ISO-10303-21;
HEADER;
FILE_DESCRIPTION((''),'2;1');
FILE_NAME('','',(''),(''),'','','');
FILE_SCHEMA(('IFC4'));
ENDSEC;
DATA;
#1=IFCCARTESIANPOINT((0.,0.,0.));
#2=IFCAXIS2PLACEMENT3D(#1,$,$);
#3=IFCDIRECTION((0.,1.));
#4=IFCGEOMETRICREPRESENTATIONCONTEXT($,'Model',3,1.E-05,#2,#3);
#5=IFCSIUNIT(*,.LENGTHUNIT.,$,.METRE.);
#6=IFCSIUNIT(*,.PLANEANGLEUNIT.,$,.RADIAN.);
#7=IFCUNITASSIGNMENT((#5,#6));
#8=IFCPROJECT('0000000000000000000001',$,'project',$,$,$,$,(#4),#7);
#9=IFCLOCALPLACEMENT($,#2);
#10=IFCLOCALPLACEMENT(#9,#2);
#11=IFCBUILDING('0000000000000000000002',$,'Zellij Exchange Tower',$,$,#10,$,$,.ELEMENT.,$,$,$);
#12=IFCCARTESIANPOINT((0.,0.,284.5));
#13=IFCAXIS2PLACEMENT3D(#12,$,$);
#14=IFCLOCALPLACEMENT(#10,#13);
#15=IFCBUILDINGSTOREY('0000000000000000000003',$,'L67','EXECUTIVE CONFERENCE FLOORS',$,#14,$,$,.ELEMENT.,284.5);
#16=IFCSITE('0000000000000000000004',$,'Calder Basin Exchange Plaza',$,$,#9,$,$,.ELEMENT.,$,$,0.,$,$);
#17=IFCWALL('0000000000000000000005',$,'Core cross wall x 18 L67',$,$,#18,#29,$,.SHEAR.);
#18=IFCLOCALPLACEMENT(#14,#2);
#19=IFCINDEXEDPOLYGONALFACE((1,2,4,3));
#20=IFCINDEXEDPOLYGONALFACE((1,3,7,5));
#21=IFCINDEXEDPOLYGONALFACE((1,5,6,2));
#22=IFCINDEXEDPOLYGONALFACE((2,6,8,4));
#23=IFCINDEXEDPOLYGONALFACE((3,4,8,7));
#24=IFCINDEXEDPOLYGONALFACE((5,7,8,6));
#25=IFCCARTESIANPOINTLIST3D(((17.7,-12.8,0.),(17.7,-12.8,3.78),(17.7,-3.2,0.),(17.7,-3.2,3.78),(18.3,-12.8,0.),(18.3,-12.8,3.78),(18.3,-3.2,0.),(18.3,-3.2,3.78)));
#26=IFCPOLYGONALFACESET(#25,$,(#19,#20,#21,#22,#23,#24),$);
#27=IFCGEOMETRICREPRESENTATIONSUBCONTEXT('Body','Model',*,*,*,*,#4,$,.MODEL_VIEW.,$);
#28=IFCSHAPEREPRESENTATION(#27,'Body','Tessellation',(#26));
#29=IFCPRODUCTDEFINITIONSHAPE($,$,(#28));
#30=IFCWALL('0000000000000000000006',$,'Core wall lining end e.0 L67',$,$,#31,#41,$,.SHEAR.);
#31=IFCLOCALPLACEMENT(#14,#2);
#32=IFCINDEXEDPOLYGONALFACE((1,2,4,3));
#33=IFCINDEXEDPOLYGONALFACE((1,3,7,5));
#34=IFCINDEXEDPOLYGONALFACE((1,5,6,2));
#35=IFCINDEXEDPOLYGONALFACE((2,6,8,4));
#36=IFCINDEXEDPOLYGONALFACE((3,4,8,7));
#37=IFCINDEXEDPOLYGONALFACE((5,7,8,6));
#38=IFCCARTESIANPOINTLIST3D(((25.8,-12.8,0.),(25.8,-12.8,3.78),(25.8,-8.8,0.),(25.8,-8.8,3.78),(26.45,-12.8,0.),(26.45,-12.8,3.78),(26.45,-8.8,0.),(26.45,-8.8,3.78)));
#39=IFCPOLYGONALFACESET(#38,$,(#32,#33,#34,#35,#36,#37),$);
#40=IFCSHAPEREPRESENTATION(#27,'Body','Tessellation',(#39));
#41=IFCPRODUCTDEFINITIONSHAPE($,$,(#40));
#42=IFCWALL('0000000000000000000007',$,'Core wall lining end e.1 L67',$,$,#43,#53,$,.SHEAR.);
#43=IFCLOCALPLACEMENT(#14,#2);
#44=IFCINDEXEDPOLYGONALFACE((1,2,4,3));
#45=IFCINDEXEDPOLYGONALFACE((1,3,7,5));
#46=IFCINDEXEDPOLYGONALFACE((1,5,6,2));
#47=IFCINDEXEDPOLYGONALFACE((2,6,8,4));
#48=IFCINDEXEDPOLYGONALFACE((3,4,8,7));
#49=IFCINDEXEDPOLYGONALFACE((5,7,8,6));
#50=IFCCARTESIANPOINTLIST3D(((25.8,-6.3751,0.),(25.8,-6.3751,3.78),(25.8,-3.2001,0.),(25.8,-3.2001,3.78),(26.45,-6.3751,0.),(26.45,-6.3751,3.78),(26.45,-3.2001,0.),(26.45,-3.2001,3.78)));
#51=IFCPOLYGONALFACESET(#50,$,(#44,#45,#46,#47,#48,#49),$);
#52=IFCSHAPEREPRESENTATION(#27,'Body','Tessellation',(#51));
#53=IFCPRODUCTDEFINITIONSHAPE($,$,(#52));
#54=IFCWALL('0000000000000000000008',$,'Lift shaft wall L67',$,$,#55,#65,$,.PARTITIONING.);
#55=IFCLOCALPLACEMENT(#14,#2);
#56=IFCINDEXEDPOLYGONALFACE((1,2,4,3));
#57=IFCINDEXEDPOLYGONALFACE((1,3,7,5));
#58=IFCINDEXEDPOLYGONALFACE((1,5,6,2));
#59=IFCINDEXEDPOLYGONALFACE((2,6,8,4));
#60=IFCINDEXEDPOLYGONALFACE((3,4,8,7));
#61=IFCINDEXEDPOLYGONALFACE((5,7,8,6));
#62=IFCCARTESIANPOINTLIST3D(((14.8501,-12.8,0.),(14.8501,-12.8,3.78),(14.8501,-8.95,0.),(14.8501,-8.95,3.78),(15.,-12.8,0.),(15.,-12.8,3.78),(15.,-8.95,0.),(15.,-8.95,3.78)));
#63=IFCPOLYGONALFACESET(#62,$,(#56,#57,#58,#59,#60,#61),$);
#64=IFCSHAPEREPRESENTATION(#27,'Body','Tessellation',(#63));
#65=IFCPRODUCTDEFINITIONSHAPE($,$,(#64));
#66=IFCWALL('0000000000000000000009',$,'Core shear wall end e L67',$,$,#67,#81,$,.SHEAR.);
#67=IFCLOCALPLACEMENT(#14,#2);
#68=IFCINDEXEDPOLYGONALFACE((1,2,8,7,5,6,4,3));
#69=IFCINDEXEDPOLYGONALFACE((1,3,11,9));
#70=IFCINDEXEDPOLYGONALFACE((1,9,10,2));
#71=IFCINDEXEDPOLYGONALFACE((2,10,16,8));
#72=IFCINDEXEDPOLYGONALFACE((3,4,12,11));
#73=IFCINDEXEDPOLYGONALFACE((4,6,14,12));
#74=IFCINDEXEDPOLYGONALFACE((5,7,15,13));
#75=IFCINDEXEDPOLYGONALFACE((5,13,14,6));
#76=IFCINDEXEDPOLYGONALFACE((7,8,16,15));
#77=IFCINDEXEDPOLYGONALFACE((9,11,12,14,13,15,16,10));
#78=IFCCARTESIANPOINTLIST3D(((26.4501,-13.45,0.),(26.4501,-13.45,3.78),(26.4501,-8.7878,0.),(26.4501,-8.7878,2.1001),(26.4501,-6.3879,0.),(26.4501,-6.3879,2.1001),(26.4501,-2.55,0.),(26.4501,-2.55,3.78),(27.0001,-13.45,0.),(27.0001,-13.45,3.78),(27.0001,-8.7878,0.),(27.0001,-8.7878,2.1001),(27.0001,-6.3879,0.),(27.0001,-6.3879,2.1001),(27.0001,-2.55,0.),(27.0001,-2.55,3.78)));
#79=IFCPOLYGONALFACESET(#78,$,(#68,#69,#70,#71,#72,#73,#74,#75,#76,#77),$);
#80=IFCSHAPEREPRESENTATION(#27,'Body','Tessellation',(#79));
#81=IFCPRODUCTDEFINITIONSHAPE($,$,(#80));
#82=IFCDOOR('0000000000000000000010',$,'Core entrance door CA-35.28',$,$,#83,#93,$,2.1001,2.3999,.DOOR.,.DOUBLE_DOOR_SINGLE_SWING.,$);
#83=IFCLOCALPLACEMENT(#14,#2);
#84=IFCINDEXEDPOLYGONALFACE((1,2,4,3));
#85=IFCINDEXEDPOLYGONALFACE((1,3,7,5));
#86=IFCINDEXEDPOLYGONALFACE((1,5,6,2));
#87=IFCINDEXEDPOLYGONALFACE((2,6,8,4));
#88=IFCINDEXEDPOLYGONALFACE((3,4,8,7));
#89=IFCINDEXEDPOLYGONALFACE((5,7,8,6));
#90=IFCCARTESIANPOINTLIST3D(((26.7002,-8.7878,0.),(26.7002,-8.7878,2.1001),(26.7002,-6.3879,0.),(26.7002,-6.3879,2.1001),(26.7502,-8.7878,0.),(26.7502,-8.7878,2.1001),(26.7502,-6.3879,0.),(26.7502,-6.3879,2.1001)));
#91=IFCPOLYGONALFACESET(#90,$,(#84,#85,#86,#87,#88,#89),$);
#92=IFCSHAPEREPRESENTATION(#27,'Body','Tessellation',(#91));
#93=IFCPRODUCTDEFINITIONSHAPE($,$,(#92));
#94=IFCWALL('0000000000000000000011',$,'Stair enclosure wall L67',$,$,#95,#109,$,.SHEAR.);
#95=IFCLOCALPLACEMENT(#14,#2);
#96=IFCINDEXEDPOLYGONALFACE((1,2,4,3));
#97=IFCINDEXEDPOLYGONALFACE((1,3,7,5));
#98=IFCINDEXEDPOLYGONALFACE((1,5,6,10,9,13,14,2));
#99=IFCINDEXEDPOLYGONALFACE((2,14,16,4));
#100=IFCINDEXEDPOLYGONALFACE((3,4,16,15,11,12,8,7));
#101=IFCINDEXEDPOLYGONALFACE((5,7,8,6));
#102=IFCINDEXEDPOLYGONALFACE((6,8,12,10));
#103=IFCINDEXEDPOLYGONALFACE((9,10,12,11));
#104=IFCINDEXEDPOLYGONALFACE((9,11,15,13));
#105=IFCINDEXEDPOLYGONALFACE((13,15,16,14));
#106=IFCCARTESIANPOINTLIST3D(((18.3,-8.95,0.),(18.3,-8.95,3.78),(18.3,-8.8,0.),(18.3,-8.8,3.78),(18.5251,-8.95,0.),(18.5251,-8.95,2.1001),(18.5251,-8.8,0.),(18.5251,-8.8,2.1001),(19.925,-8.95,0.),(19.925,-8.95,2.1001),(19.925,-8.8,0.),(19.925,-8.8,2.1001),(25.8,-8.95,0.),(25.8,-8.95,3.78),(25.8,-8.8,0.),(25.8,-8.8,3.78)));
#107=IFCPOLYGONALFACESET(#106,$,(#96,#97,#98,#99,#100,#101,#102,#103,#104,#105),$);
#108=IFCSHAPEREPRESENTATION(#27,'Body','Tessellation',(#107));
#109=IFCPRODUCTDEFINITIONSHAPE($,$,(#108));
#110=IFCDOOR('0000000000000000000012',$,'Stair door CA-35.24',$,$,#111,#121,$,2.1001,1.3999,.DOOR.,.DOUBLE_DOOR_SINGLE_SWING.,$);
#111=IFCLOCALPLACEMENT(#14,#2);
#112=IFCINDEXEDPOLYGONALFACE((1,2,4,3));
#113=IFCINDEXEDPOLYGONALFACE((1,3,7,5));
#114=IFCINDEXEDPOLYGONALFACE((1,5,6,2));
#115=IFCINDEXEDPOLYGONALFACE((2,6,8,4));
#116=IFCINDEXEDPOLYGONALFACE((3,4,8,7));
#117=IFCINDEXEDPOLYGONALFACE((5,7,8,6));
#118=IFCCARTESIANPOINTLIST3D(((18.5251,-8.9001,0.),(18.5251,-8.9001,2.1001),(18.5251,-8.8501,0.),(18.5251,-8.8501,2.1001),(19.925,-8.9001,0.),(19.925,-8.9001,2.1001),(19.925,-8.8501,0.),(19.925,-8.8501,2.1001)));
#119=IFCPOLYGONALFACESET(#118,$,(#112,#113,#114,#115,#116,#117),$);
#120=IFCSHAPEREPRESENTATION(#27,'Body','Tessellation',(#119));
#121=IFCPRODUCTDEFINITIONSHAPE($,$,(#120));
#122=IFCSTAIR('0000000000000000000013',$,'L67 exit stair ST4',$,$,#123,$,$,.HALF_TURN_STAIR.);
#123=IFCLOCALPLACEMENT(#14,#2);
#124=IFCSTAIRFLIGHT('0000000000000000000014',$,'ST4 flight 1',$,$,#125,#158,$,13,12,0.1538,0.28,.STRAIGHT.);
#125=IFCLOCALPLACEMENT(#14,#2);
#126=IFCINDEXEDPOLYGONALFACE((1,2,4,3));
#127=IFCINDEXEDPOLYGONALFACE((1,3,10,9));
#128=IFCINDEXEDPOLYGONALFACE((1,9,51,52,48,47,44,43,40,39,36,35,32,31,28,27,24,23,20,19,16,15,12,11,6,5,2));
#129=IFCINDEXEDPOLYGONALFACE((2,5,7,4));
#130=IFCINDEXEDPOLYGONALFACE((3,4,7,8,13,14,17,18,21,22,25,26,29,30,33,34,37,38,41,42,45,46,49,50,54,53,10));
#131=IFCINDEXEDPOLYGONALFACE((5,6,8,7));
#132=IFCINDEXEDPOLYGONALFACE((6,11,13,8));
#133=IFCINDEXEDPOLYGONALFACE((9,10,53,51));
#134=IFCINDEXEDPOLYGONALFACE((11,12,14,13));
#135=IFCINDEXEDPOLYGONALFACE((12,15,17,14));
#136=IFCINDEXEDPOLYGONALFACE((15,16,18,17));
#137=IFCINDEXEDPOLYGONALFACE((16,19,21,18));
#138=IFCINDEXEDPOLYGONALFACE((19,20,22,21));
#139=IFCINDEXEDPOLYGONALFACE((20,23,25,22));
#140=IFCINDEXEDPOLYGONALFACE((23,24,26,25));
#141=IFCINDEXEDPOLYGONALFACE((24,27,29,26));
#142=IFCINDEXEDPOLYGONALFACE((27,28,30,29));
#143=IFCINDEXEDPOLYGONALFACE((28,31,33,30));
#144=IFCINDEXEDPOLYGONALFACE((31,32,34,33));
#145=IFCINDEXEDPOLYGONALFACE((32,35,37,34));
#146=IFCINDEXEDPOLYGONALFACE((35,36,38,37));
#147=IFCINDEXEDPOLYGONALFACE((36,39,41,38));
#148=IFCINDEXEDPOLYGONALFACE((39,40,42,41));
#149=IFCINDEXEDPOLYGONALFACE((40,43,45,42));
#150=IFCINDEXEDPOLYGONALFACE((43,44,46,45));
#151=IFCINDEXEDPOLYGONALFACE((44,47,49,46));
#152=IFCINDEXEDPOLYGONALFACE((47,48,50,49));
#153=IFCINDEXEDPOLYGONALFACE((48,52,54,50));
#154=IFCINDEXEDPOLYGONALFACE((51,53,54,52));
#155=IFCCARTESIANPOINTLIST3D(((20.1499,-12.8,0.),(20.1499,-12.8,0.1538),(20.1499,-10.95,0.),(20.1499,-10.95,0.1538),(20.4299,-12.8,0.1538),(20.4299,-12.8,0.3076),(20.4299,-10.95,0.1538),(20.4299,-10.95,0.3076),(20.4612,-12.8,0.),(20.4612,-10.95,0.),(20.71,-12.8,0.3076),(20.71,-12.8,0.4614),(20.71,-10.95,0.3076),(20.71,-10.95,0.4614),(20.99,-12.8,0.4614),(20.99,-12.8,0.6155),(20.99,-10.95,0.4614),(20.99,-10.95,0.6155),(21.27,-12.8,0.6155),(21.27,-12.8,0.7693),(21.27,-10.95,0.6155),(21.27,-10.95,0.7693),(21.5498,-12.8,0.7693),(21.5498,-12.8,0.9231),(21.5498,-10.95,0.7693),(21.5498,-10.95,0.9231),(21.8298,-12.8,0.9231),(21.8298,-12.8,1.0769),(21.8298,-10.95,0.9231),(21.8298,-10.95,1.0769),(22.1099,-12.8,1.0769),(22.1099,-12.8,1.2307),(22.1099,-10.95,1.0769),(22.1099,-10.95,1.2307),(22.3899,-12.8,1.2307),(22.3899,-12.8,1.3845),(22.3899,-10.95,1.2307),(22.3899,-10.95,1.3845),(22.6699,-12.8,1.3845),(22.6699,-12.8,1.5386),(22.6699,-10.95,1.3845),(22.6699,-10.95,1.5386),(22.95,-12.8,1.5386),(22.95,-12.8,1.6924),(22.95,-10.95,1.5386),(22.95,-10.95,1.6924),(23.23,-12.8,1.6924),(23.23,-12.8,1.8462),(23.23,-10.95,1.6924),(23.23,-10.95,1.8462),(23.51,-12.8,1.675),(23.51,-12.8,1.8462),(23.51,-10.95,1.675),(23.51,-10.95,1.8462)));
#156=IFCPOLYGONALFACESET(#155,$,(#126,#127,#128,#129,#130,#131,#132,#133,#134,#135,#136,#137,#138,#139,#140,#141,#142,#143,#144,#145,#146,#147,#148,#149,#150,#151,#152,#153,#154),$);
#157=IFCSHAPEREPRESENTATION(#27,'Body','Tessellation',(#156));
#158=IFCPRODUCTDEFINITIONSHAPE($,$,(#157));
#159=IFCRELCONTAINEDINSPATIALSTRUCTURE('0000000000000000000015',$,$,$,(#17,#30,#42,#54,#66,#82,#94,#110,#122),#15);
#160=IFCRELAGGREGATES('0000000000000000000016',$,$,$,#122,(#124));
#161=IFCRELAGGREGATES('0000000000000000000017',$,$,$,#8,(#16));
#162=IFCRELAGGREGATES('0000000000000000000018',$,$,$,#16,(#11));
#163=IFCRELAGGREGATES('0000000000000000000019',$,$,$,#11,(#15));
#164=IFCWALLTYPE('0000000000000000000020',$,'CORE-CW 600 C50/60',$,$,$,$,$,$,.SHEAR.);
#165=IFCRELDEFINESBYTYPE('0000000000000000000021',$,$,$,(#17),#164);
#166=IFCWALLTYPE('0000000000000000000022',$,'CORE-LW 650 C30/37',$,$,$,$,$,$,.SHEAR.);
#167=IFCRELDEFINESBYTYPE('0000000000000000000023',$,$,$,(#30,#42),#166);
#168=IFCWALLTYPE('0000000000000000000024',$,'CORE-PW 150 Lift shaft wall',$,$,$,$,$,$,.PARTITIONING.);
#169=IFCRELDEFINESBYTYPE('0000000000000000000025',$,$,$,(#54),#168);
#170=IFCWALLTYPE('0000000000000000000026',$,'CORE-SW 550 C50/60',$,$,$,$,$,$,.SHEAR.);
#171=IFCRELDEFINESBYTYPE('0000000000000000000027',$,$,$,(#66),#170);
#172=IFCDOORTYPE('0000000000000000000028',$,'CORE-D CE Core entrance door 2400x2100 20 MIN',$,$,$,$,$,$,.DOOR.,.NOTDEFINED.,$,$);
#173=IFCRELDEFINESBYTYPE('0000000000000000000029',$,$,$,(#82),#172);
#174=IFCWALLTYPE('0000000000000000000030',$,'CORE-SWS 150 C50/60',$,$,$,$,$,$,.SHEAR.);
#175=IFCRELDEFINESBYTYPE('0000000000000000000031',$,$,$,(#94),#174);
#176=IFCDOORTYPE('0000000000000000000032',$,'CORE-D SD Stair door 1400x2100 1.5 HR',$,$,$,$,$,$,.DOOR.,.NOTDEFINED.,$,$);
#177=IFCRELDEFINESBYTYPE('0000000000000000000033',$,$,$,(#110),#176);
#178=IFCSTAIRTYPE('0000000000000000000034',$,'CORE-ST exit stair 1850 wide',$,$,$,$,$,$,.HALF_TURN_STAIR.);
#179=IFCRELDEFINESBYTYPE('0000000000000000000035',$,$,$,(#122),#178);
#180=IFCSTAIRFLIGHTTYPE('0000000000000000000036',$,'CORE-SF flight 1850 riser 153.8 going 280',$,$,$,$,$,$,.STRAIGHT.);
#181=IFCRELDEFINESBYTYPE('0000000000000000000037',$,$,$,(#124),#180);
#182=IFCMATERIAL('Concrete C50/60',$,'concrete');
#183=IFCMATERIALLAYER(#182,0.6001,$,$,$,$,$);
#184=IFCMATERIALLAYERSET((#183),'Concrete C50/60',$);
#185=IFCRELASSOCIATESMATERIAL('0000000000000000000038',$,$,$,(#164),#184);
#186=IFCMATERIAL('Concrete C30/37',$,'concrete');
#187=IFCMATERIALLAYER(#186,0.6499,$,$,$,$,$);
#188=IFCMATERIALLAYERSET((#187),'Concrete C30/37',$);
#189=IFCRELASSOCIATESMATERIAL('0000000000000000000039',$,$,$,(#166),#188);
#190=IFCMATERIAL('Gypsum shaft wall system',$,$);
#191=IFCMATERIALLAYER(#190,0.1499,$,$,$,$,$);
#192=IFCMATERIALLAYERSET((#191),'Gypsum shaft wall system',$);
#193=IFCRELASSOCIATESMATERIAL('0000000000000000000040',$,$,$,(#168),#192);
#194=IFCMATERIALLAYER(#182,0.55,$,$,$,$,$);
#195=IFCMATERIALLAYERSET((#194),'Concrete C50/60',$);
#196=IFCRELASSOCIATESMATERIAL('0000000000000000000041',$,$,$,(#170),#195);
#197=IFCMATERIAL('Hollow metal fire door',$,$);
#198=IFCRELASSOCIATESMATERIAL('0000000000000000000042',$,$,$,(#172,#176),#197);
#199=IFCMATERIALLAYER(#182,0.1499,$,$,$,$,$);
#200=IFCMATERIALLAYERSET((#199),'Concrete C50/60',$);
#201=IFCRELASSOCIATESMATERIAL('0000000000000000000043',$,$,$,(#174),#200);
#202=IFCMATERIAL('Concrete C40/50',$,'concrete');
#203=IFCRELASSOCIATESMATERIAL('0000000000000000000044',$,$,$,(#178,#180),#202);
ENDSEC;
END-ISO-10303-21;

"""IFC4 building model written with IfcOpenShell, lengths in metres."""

from ifc_helpers import new_model, si_unit, direction, frame, frame_2d, origin, place, context, subcontext, project, spatial, polyline, rectangle, outline, extrude, material, layer, layer_set, type_object, element, fill, aggregate, save


model = new_model("IFC4")

# Units and contexts
model_context = context("Model", 3, precision=1e-05, world=origin(), true_north=direction((0.0, 1.0)))
body_context = subcontext(model_context, "Body", "Model", "MODEL_VIEW")
ifc_project = project(units=[si_unit("LENGTHUNIT", "METRE"), si_unit("PLANEANGLEUNIT", "RADIAN")], contexts=[model_context])

# Site, building, storey
site_placement = place(None, origin())
site = spatial("IfcSite", under=ifc_project, at=site_placement, Name="Calder Basin Exchange Plaza", CompositionType="ELEMENT", RefElevation=0.0)
building_placement = place(site_placement, origin())
building = spatial("IfcBuilding", under=site, at=building_placement, Name="Zellij Exchange Tower", CompositionType="ELEMENT")
storey_placement = place(building_placement, frame((0.0, 0.0, 284.5)))
storey = spatial("IfcBuildingStorey", under=building, at=storey_placement, Name="L67", Description="EXECUTIVE CONFERENCE FLOORS", CompositionType="ELEMENT", Elevation=284.5)

# Walls
ifc_material_1 = material(Name="Concrete C50/60", Category="concrete")
ifc_layer_1 = layer(ifc_material_1, 0.6001)
ifc_layer_set_1 = layer_set([ifc_layer_1], Name="Concrete C50/60")
wall_type_1 = type_object("IfcWallType", Name="CORE-CW 600 C50/60", PredefinedType="SHEAR", material=ifc_layer_set_1)
wall_1_placement = place(storey_placement, frame((18.0, -12.8, 0.0), z_axis=(0.0, 0.0, 1.0), x_axis=(0.0, 1.0, 0.0)))
element("IfcWall", 1, at=wall_1_placement, inside=storey, type_object=wall_type_1, Name="Core cross wall x 18 L67", PredefinedType="SHEAR", context=body_context, shape_type="SweptSolid", body=[
    extrude(rectangle(XDim=9.6001, YDim=0.6001, at=frame_2d((4.8, 0.0))), origin(), (0.0, 0.0, 1.0), 3.78),
])
ifc_material_2 = material(Name="Concrete C30/37", Category="concrete")
ifc_layer_2 = layer(ifc_material_2, 0.6499)
ifc_layer_set_2 = layer_set([ifc_layer_2], Name="Concrete C30/37")
wall_type_2 = type_object("IfcWallType", Name="CORE-LW 650 C30/37", PredefinedType="SHEAR", material=ifc_layer_set_2)
wall_2_placement = place(storey_placement, frame((26.125, -12.8, 0.0), z_axis=(0.0, 0.0, 1.0), x_axis=(0.0, 1.0, 0.0)))
element("IfcWall", 2, at=wall_2_placement, inside=storey, type_object=wall_type_2, Name="Core wall lining end e.0 L67", PredefinedType="SHEAR", context=body_context, shape_type="SweptSolid", body=[
    extrude(rectangle(XDim=4.0, YDim=0.6499, at=frame_2d((2.0, 0.0))), origin(), (0.0, 0.0, 1.0), 3.78),
])
wall_3_placement = place(storey_placement, frame((26.125, -6.375, 0.0), z_axis=(0.0, 0.0, 1.0), x_axis=(0.0, 1.0, 0.0)))
element("IfcWall", 3, at=wall_3_placement, inside=storey, type_object=wall_type_2, Name="Core wall lining end e.1 L67", PredefinedType="SHEAR", context=body_context, shape_type="SweptSolid", body=[
    extrude(rectangle(XDim=3.175, YDim=0.6499, at=frame_2d((1.5874, 0.0))), origin(), (0.0, 0.0, 1.0), 3.78),
])
ifc_material_3 = material(Name="Gypsum shaft wall system")
ifc_layer_3 = layer(ifc_material_3, 0.1499)
ifc_layer_set_3 = layer_set([ifc_layer_3], Name="Gypsum shaft wall system")
wall_type_3 = type_object("IfcWallType", Name="CORE-PW 150 Lift shaft wall", PredefinedType="PARTITIONING", material=ifc_layer_set_3)
wall_4_placement = place(storey_placement, frame((14.925, -12.8, 0.0), z_axis=(0.0, 0.0, 1.0), x_axis=(0.0, 1.0, 0.0)))
element("IfcWall", 4, at=wall_4_placement, inside=storey, type_object=wall_type_3, Name="Lift shaft wall L67", PredefinedType="PARTITIONING", context=body_context, shape_type="SweptSolid", body=[
    extrude(rectangle(XDim=3.8501, YDim=0.1499, at=frame_2d((1.925, 0.0))), origin(), (0.0, 0.0, 1.0), 3.78),
])

# Walls, openings, doors
ifc_layer_4 = layer(ifc_material_1, 0.55)
ifc_layer_set_4 = layer_set([ifc_layer_4], Name="Concrete C50/60")
wall_type_4 = type_object("IfcWallType", Name="CORE-SW 550 C50/60", PredefinedType="SHEAR", material=ifc_layer_set_4)
wall_5_placement = place(storey_placement, frame((26.7251, -13.45, 0.0), z_axis=(0.0, 0.0, 1.0), x_axis=(0.0, 1.0, 0.0)))
wall_5 = element("IfcWall", 5, at=wall_5_placement, inside=storey, type_object=wall_type_4, Name="Core shear wall end e L67", PredefinedType="SHEAR", context=body_context, shape_type="SweptSolid", body=[
    extrude(rectangle(XDim=10.8999, YDim=0.55, at=frame_2d((5.45, 0.0))), origin(), (0.0, 0.0, 1.0), 3.78),
])
opening_1_placement = place(wall_5_placement, frame((4.6621, 0.0, 0.0)))
opening_1 = element("IfcOpeningElement", 6, at=opening_1_placement, cuts=wall_5, PredefinedType="OPENING", context=body_context, shape_type="SweptSolid", body=[
    extrude(rectangle(XDim=2.3999, YDim=2.1001, at=frame_2d((1.2, 1.05))), frame((0.0, 0.2871, 0.0), z_axis=(0.0, -1.0, 0.0), x_axis=(1.0, 0.0, 0.0)), (0.0, 0.0, 1.0), 0.574),
])
ifc_material_4 = material(Name="Hollow metal fire door")
door_type_1 = type_object("IfcDoorType", Name="CORE-D CE Core entrance door 2400x2100 20 MIN", OperationType="NOTDEFINED", PredefinedType="DOOR", material=ifc_material_4)
door_1_placement = place(opening_1_placement, origin())
door_1 = element("IfcDoor", 7, at=door_1_placement, inside=storey, type_object=door_type_1, Name="Core entrance door CA-35.28", OperationType="DOUBLE_DOOR_SINGLE_SWING", OverallHeight=2.1001, OverallWidth=2.3999, PredefinedType="DOOR", context=body_context, shape_type="SweptSolid", body=[
    extrude(rectangle(XDim=2.3999, YDim=2.1001, at=frame_2d((1.2, 1.05))), frame((0.0, 0.0249, 0.0), z_axis=(0.0, -1.0, 0.0), x_axis=(1.0, 0.0, 0.0)), (0.0, 0.0, 1.0), 0.05),
])
fill(opening_1, door_1)
ifc_layer_5 = layer(ifc_material_1, 0.1499)
ifc_layer_set_5 = layer_set([ifc_layer_5], Name="Concrete C50/60")
wall_type_5 = type_object("IfcWallType", Name="CORE-SWS 150 C50/60", PredefinedType="SHEAR", material=ifc_layer_set_5)
wall_6_placement = place(storey_placement, frame((18.3, -8.875, 0.0), z_axis=(0.0, 0.0, 1.0), x_axis=(1.0, 0.0, 0.0)))
wall_6 = element("IfcWall", 8, at=wall_6_placement, inside=storey, type_object=wall_type_5, Name="Stair enclosure wall L67", PredefinedType="SHEAR", context=body_context, shape_type="SweptSolid", body=[
    extrude(rectangle(XDim=7.5, YDim=0.1499, at=frame_2d((3.75, 0.0))), origin(), (0.0, 0.0, 1.0), 3.78),
])
opening_2_placement = place(wall_6_placement, frame((0.2251, 0.0, 0.0)))
opening_2 = element("IfcOpeningElement", 9, at=opening_2_placement, cuts=wall_6, PredefinedType="OPENING", context=body_context, shape_type="SweptSolid", body=[
    extrude(rectangle(XDim=1.3999, YDim=2.1001, at=frame_2d((0.7, 1.05))), frame((0.0, 0.0869, 0.0), z_axis=(0.0, -1.0, 0.0), x_axis=(1.0, 0.0, 0.0)), (0.0, 0.0, 1.0), 0.1738),
])
door_type_2 = type_object("IfcDoorType", Name="CORE-D SD Stair door 1400x2100 1.5 HR", OperationType="NOTDEFINED", PredefinedType="DOOR", material=ifc_material_4)
door_2_placement = place(opening_2_placement, origin())
door_2 = element("IfcDoor", 10, at=door_2_placement, inside=storey, type_object=door_type_2, Name="Stair door CA-35.24", OperationType="DOUBLE_DOOR_SINGLE_SWING", OverallHeight=2.1001, OverallWidth=1.3999, PredefinedType="DOOR", context=body_context, shape_type="SweptSolid", body=[
    extrude(rectangle(XDim=1.3999, YDim=2.1001, at=frame_2d((0.7, 1.05))), frame((0.0, 0.0249, 0.0), z_axis=(0.0, -1.0, 0.0), x_axis=(1.0, 0.0, 0.0)), (0.0, 0.0, 1.0), 0.05),
])
fill(opening_2, door_2)

# Stair, stair flight
ifc_material_5 = material(Name="Concrete C40/50", Category="concrete")
stair_type = type_object("IfcStairType", Name="CORE-ST exit stair 1850 wide", PredefinedType="HALF_TURN_STAIR", material=ifc_material_5)
stair_placement = place(storey_placement, origin())
stair = element("IfcStair", 11, at=stair_placement, inside=storey, type_object=stair_type, Name="L67 exit stair ST4", PredefinedType="HALF_TURN_STAIR")
stair_flight_type = type_object("IfcStairFlightType", Name="CORE-SF flight 1850 riser 153.8 going 280", PredefinedType="STRAIGHT", material=ifc_material_5)
stair_flight_1_placement = place(storey_placement, frame((20.1499, -11.875, 0.0), z_axis=(0.0, 0.0, 1.0), x_axis=(1.0, 0.0, 0.0)))
stair_flight_1 = element("IfcStairFlight", 12, at=stair_flight_1_placement, type_object=stair_flight_type, Name="ST4 flight 1", NumberOfRisers=13, NumberOfTreads=12, PredefinedType="STRAIGHT", RiserHeight=0.1538, TreadLength=0.28, context=body_context, shape_type="SweptSolid", body=[
    extrude(outline(polyline([(0.0, 0.0), (0.0, 0.1538), (0.28, 0.1538), (0.28, 0.3076), (0.5601, 0.3076), (0.5601, 0.4614), (0.8401, 0.4614), (0.8401, 0.6155), (1.1201, 0.6155), (1.1201, 0.7693), (1.3999, 0.7693), (1.3999, 0.9231), (1.6799, 0.9231), (1.6799, 1.0769), (1.96, 1.0769), (1.96, 1.2307), (2.24, 1.2307), (2.24, 1.3845), (2.52, 1.3845), (2.52, 1.5386), (2.8, 1.5386), (2.8, 1.6924), (3.0801, 1.6924), (3.0801, 1.8462), (3.3601, 1.8462), (3.3601, 2.0), (3.3601, 1.675), (0.3113, 0.0), (0.0, 0.0)])), frame((0.0, 0.925, 0.0), z_axis=(0.0, -1.0, 0.0), x_axis=(1.0, 0.0, 0.0)), (0.0, 0.0, 1.0), 1.8501),
])
aggregate(stair, [stair_flight_1])

save(model, "model.ifc")
